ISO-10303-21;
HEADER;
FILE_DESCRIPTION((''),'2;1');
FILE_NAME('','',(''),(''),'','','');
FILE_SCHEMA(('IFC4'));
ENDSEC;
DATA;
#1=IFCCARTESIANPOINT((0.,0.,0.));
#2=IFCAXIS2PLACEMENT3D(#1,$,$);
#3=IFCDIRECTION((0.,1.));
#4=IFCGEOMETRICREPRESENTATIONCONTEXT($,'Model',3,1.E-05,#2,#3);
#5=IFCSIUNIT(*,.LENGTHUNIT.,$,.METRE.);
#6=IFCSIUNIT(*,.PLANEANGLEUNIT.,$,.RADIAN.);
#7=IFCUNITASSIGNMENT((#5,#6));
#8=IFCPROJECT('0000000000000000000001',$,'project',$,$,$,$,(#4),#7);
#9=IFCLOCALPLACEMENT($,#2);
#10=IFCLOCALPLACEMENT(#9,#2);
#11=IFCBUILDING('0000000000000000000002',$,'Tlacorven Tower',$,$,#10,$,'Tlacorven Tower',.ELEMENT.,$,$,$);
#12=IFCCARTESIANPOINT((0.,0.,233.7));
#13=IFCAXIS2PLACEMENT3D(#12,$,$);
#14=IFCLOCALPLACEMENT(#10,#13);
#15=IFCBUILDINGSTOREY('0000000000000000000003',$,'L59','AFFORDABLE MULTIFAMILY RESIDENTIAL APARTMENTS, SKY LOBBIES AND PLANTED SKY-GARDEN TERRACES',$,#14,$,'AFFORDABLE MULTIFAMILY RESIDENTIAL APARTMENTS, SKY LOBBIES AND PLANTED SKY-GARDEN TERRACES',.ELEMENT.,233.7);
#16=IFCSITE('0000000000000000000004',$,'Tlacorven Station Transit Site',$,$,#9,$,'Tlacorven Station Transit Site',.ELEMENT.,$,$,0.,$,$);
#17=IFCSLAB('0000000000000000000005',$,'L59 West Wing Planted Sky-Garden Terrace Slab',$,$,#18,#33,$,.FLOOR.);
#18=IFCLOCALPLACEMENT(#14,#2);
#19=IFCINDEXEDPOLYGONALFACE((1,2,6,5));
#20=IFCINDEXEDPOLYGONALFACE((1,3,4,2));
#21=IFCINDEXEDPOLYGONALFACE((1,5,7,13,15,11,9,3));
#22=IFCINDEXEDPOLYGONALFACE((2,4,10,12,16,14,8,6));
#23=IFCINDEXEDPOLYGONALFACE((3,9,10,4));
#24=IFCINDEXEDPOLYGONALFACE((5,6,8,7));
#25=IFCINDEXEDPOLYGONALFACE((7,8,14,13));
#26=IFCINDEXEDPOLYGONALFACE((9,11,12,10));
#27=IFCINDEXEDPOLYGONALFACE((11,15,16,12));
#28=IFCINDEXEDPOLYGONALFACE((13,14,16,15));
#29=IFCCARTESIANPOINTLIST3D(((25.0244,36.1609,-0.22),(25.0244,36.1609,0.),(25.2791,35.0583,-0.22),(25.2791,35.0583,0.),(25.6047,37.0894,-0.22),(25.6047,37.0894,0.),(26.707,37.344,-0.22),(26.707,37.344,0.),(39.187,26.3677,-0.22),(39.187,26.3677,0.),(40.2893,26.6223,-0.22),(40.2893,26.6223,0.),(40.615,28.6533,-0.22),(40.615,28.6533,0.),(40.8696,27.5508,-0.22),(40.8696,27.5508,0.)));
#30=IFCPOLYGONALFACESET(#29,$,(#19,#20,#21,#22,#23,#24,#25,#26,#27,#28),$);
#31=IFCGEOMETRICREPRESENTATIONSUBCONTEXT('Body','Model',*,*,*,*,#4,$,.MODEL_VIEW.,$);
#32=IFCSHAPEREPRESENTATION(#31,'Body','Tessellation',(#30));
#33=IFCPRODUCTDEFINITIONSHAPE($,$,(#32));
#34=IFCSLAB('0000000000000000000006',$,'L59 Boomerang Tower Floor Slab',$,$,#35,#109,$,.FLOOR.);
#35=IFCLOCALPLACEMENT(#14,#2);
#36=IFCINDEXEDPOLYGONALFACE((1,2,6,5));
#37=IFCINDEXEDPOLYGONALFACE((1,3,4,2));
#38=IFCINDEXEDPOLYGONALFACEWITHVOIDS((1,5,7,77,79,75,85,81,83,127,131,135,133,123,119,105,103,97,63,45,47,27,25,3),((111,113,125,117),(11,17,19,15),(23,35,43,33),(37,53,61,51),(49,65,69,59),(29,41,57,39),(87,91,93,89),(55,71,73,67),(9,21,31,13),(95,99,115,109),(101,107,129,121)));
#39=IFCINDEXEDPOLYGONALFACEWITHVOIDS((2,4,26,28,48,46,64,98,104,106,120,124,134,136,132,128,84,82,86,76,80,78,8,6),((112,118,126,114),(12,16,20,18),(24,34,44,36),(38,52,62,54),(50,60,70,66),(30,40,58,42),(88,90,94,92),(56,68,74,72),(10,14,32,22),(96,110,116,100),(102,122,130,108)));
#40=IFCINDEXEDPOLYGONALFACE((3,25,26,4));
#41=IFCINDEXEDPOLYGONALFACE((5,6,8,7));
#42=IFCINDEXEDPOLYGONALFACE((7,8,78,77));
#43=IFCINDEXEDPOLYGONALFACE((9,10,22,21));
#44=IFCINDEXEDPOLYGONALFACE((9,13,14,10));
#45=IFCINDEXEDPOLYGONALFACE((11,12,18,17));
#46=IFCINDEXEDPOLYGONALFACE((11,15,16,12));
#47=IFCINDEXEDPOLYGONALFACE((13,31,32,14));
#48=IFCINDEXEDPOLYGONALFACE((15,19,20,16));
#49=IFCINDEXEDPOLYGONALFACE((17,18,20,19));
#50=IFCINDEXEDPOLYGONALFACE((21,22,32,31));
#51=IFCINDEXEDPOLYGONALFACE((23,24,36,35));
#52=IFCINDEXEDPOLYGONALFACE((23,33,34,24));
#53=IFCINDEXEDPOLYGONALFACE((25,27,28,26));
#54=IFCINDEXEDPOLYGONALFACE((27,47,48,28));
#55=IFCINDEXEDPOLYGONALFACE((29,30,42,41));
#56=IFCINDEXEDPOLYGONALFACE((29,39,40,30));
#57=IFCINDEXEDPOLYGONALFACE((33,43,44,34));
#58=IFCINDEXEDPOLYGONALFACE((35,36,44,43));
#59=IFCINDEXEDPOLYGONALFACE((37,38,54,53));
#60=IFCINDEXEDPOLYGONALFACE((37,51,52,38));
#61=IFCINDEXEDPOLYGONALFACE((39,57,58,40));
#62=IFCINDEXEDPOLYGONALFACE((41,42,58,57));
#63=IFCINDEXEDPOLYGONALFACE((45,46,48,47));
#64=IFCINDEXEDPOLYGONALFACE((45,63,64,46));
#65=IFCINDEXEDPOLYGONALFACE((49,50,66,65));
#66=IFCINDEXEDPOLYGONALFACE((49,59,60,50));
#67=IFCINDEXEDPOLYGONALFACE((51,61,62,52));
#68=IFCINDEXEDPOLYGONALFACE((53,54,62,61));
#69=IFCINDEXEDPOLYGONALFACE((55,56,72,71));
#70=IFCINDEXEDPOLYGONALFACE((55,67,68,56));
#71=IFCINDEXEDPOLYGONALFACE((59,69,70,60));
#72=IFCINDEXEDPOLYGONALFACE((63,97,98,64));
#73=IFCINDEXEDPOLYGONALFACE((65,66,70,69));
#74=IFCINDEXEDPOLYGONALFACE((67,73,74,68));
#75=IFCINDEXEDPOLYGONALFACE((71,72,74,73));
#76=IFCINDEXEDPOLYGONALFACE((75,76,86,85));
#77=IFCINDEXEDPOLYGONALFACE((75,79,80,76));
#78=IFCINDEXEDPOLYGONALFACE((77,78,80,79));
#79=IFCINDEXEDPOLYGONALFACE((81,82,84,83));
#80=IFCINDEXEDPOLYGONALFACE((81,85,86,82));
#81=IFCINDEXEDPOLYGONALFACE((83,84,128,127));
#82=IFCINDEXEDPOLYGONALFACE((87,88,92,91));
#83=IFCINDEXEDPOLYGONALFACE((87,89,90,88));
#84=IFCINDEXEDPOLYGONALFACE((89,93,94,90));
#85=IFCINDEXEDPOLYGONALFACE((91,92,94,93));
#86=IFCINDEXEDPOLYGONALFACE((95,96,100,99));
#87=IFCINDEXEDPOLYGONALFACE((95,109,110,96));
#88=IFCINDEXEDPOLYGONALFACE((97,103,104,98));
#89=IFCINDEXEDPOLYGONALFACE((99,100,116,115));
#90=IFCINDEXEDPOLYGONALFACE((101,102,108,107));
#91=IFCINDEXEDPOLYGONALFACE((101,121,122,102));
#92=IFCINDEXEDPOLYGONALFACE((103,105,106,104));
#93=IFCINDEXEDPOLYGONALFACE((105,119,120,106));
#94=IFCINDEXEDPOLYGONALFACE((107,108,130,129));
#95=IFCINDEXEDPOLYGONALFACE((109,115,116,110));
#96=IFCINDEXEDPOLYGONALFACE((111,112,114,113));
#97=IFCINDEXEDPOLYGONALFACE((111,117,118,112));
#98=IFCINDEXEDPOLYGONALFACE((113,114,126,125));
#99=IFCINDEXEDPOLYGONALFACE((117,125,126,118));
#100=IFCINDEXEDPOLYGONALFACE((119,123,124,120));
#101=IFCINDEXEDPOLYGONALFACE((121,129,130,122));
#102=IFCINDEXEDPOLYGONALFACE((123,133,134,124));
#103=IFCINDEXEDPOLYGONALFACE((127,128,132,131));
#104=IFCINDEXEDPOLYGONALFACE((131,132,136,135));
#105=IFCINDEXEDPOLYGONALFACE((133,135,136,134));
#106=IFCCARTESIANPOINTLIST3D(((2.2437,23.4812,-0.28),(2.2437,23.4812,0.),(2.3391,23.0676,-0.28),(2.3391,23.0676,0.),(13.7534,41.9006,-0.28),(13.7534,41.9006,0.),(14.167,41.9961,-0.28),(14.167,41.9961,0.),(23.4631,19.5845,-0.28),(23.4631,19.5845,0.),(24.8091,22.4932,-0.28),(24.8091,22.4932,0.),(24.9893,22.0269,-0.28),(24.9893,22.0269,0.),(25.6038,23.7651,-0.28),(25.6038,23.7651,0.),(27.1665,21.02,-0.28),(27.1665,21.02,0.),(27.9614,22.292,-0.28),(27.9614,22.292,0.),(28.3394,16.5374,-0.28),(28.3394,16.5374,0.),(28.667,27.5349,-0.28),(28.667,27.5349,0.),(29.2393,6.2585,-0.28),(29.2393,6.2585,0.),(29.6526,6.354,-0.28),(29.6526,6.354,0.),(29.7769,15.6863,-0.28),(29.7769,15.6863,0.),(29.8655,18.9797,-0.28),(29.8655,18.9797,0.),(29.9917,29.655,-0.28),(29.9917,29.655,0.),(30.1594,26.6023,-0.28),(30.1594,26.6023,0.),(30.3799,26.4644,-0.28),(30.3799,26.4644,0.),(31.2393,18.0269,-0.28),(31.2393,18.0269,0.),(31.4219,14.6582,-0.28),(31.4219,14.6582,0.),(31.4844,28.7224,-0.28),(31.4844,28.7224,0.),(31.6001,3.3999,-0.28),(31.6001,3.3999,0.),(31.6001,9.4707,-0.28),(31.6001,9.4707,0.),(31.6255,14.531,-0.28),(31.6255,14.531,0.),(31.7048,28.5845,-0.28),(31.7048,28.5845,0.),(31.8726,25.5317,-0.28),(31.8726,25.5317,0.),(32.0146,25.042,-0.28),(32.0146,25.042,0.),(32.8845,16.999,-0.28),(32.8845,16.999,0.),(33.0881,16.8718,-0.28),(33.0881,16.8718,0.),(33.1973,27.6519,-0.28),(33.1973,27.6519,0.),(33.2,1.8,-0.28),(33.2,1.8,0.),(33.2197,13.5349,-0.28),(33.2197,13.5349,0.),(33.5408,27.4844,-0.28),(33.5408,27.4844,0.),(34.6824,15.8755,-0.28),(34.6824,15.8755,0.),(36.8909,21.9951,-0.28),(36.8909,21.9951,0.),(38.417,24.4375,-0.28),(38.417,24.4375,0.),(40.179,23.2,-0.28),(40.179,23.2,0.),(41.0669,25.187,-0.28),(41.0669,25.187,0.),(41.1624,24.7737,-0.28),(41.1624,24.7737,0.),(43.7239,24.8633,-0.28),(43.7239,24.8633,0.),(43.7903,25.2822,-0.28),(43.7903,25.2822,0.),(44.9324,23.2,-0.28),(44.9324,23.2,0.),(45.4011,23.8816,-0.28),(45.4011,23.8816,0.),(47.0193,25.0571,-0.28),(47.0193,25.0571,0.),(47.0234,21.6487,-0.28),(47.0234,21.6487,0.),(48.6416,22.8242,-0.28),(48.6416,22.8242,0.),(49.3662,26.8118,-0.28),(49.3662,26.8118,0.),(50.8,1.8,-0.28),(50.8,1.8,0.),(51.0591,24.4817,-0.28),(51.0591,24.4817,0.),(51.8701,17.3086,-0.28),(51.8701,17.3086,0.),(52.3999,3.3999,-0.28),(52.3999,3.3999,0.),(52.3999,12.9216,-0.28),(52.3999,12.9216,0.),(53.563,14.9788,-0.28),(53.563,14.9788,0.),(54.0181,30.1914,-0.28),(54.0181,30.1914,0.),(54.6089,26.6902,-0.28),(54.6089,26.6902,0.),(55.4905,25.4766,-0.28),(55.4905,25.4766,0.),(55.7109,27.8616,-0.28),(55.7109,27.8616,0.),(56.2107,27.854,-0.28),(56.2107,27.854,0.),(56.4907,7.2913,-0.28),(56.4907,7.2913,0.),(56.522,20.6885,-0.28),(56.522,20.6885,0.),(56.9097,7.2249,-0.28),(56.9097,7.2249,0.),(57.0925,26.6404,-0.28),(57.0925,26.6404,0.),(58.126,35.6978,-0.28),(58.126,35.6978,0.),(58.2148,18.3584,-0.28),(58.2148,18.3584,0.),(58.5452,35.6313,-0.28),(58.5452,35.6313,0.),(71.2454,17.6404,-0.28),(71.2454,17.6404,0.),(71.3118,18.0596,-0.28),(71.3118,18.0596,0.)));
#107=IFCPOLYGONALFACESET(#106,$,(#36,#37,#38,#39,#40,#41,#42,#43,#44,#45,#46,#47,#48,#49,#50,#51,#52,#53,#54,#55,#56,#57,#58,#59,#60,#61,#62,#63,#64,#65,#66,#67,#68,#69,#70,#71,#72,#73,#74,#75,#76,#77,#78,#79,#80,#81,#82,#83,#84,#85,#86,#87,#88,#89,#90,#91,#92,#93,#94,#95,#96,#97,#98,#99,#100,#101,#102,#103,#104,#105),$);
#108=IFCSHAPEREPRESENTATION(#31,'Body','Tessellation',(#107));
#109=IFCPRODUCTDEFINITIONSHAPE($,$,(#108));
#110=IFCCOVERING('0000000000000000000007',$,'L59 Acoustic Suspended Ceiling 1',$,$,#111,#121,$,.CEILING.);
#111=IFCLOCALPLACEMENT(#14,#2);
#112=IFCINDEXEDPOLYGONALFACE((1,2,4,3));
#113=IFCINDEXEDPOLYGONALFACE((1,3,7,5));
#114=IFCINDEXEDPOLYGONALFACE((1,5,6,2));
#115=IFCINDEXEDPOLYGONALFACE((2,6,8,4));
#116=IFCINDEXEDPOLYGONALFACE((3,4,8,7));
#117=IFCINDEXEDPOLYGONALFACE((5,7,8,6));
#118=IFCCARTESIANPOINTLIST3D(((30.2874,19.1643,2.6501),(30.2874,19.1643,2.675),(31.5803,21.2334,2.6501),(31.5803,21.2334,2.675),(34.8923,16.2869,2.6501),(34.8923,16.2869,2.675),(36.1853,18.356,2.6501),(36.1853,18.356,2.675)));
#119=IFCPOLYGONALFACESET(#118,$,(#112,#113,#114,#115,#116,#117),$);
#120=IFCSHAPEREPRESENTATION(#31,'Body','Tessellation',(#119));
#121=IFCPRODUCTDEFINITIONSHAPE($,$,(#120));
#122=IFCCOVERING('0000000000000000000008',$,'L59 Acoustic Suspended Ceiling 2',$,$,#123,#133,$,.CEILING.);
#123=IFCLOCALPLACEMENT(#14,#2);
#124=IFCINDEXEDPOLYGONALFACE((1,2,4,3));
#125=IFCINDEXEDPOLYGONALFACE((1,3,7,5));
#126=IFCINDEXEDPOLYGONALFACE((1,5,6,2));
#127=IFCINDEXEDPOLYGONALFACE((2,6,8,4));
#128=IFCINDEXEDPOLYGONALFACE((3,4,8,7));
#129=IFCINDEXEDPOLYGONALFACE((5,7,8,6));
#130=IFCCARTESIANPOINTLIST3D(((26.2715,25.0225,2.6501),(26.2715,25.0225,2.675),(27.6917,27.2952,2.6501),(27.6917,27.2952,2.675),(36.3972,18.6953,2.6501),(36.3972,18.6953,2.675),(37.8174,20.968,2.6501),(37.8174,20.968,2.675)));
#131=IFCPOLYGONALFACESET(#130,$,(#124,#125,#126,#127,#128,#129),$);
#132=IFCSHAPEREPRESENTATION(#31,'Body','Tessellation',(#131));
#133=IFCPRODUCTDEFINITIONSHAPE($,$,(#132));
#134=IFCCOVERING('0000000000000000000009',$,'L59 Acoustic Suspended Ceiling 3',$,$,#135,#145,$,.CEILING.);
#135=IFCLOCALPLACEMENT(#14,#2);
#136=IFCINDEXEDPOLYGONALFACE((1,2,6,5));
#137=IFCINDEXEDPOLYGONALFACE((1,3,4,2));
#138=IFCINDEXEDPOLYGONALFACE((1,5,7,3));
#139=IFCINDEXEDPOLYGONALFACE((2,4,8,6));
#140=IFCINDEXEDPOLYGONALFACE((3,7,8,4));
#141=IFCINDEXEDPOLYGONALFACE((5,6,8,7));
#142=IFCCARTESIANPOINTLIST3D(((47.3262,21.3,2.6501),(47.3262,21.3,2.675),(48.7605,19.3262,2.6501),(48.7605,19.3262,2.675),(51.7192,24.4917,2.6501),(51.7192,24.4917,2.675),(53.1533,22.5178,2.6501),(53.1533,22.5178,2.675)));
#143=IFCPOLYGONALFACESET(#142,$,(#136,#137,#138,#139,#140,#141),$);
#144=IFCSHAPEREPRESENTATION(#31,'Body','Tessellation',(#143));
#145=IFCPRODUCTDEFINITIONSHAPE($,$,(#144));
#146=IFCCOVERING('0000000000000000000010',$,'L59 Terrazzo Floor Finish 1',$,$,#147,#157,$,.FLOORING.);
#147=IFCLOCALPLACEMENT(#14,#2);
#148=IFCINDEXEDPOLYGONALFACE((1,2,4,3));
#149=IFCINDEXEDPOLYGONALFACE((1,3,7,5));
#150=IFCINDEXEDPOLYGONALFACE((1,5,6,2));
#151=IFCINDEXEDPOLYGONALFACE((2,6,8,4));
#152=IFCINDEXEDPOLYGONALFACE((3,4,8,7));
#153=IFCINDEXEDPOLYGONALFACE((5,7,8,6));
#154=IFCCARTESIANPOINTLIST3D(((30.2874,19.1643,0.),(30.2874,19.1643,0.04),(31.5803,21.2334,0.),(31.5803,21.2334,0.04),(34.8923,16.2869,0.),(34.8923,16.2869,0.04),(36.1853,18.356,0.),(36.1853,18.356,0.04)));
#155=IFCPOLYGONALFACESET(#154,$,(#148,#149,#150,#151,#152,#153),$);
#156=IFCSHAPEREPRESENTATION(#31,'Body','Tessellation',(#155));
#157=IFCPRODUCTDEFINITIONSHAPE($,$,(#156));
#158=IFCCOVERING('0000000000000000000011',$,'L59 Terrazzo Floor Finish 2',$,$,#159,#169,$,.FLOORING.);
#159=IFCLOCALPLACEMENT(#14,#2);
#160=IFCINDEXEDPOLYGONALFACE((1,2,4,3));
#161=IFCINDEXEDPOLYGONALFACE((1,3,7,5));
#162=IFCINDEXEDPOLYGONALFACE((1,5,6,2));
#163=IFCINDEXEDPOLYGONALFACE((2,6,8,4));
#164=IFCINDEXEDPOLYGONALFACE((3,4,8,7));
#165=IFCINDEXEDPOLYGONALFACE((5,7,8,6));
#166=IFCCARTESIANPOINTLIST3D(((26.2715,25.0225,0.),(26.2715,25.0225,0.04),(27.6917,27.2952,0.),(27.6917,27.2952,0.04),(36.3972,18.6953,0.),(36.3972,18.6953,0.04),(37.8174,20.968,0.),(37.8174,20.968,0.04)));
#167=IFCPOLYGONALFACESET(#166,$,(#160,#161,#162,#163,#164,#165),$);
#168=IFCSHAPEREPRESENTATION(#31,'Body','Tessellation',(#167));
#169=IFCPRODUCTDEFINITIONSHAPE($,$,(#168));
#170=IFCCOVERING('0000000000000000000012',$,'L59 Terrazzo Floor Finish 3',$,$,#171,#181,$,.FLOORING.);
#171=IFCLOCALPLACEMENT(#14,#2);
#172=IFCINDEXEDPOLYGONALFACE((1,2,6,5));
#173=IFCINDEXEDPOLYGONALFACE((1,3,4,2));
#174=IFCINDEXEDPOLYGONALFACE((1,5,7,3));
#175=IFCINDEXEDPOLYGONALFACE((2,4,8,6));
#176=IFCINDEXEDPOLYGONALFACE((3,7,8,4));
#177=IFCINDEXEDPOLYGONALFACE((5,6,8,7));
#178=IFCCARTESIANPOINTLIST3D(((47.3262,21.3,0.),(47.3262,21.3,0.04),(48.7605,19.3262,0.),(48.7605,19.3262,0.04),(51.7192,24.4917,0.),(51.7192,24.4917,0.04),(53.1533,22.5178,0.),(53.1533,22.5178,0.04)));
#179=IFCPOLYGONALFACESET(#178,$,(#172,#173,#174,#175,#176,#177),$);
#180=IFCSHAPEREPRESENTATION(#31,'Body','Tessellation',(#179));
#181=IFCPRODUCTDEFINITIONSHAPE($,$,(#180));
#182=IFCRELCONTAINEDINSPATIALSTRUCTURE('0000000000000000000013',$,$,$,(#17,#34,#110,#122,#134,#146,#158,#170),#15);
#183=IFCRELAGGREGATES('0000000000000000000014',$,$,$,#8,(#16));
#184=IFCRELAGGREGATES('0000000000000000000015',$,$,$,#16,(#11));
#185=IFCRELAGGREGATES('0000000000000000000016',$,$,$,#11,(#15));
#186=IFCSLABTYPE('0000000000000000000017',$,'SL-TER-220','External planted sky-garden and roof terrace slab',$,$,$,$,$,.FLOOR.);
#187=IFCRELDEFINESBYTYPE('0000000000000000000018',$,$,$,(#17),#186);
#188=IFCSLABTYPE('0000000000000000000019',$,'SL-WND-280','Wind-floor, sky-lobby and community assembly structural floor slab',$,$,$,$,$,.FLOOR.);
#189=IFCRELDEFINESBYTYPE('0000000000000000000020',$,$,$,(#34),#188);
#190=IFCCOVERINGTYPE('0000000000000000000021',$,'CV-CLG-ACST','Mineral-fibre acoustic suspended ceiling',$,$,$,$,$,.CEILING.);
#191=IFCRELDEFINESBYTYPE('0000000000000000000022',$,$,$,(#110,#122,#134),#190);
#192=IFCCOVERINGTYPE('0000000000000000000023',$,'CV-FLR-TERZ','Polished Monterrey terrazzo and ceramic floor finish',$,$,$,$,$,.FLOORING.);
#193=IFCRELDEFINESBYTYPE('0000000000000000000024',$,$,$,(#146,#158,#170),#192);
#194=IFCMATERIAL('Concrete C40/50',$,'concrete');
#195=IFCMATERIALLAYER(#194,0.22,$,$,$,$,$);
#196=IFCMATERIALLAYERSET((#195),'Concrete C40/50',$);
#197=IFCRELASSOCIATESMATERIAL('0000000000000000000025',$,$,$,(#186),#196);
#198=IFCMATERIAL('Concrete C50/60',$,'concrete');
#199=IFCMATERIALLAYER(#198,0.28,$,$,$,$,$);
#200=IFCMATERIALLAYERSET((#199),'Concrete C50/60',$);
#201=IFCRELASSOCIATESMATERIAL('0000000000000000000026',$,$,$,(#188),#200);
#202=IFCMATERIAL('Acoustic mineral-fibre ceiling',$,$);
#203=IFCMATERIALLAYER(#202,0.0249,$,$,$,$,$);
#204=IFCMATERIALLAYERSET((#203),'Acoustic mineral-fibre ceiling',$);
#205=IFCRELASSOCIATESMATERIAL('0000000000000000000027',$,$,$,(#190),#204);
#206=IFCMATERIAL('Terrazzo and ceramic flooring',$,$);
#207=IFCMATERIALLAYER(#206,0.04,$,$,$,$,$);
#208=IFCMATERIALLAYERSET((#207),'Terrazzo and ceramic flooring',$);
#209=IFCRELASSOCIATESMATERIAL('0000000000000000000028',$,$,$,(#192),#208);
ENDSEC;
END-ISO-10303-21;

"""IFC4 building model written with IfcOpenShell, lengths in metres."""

from ifc_helpers import new_model, si_unit, direction, frame, origin, place, context, subcontext, project, spatial, polyline, outline, extrude, material, layer, layer_set, type_object, element, save


model = new_model("IFC4")

# Units and contexts
model_context = context("Model", 3, precision=1e-05, world=origin(), true_north=direction((0.0, 1.0)))
body_context = subcontext(model_context, "Body", "Model", "MODEL_VIEW")
ifc_project = project(units=[si_unit("LENGTHUNIT", "METRE"), si_unit("PLANEANGLEUNIT", "RADIAN")], contexts=[model_context])

# Site, building, storey
site_placement = place(None, origin())
site = spatial("IfcSite", under=ifc_project, at=site_placement, Name="Tlacorven Station Transit Site", LongName="Tlacorven Station Transit Site", CompositionType="ELEMENT", RefElevation=0.0)
building_placement = place(site_placement, origin())
building = spatial("IfcBuilding", under=site, at=building_placement, Name="Tlacorven Tower", LongName="Tlacorven Tower", CompositionType="ELEMENT")
storey_placement = place(building_placement, frame((0.0, 0.0, 233.7)))
storey = spatial("IfcBuildingStorey", under=building, at=storey_placement, Name="L59", Description="AFFORDABLE MULTIFAMILY RESIDENTIAL APARTMENTS, SKY LOBBIES AND PLANTED SKY-GARDEN TERRACES", LongName="AFFORDABLE MULTIFAMILY RESIDENTIAL APARTMENTS, SKY LOBBIES AND PLANTED SKY-GARDEN TERRACES", CompositionType="ELEMENT", Elevation=233.7)

# Shared definitions
ifc_material_1 = material(Name="Concrete C40/50", Category="concrete")

# Slabs
ifc_layer_1 = layer(ifc_material_1, 0.22)
ifc_layer_set_1 = layer_set([ifc_layer_1], Name="Concrete C40/50")
slab_type_1 = type_object("IfcSlabType", Name="SL-TER-220", Description="External planted sky-garden and roof terrace slab", PredefinedType="FLOOR", material=ifc_layer_set_1)
slab_1_placement = place(storey_placement, frame((0.0, 0.0, -0.22)))
element("IfcSlab", 1, at=slab_1_placement, inside=storey, type_object=slab_type_1, Name="L59 West Wing Planted Sky-Garden Terrace Slab", PredefinedType="FLOOR", context=body_context, shape_type="SweptSolid", body=[
    extrude(outline(polyline([(40.615, 28.6533), (26.707, 37.344), (25.6047, 37.0894), (25.0244, 36.1609), (25.2791, 35.0583), (39.187, 26.3677), (40.2893, 26.6223), (40.8696, 27.5508), (40.615, 28.6533)])), origin(), (0.0, 0.0, 1.0), 0.22),
])
ifc_material_2 = material(Name="Concrete C50/60", Category="concrete")
ifc_layer_2 = layer(ifc_material_2, 0.28)
ifc_layer_set_2 = layer_set([ifc_layer_2], Name="Concrete C50/60")
slab_type_2 = type_object("IfcSlabType", Name="SL-WND-280", Description="Wind-floor, sky-lobby and community assembly structural floor slab", PredefinedType="FLOOR", material=ifc_layer_set_2)
slab_2_placement = place(storey_placement, frame((0.0, 0.0, -0.28)))
element("IfcSlab", 2, at=slab_2_placement, inside=storey, type_object=slab_type_2, Name="L59 Boomerang Tower Floor Slab", PredefinedType="FLOOR", context=body_context, shape_type="SweptSolid", body=[
    extrude(outline(polyline([(52.3999, 3.3999), (50.8, 1.8), (33.2, 1.8), (31.6001, 3.3999), (31.6001, 9.4707), (29.6526, 6.354), (29.2393, 6.2585), (2.3391, 23.0676), (2.2437, 23.4812), (13.7534, 41.9006), (14.167, 41.9961), (41.0669, 25.187), (41.1624, 24.7737), (40.179, 23.2), (44.9324, 23.2), (43.7239, 24.8633), (43.7903, 25.2822), (58.126, 35.6978), (58.5452, 35.6313), (71.3118, 18.0596), (71.2454, 17.6404), (56.9097, 7.2249), (56.4907, 7.2913), (52.3999, 12.9216), (52.3999, 3.3999)]), holes=[polyline([(29.8655, 18.9797), (24.9893, 22.0269), (23.4631, 19.5845), (28.3394, 16.5374), (29.8655, 18.9797)]), polyline([(38.417, 24.4375), (33.5408, 27.4844), (32.0146, 25.042), (36.8909, 21.9951), (38.417, 24.4375)]), polyline([(51.0591, 24.4817), (55.7109, 27.8616), (54.0181, 30.1914), (49.3662, 26.8118), (51.0591, 24.4817)]), polyline([(53.563, 14.9788), (58.2148, 18.3584), (56.522, 20.6885), (51.8701, 17.3086), (53.563, 14.9788)]), polyline([(34.6824, 15.8755), (33.0881, 16.8718), (31.6255, 14.531), (33.2197, 13.5349), (34.6824, 15.8755)]), polyline([(32.8845, 16.999), (31.2393, 18.0269), (29.7769, 15.6863), (31.4219, 14.6582), (32.8845, 16.999)]), polyline([(47.0234, 21.6487), (48.6416, 22.8242), (47.0193, 25.0571), (45.4011, 23.8816), (47.0234, 21.6487)]), polyline([(33.1973, 27.6519), (31.7048, 28.5845), (30.3799, 26.4644), (31.8726, 25.5317), (33.1973, 27.6519)]), polyline([(31.4844, 28.7224), (29.9917, 29.655), (28.667, 27.5349), (30.1594, 26.6023), (31.4844, 28.7224)]), polyline([(27.9614, 22.292), (25.6038, 23.7651), (24.8091, 22.4932), (27.1665, 21.02), (27.9614, 22.292)]), polyline([(55.4905, 25.4766), (57.0925, 26.6404), (56.2107, 27.854), (54.6089, 26.6902), (55.4905, 25.4766)])]), origin(), (0.0, 0.0, 1.0), 0.28),
])

# Coverings
ifc_material_3 = material(Name="Acoustic mineral-fibre ceiling")
ifc_layer_3 = layer(ifc_material_3, 0.0249)
ifc_layer_set_3 = layer_set([ifc_layer_3], Name="Acoustic mineral-fibre ceiling")
covering_type_1 = type_object("IfcCoveringType", Name="CV-CLG-ACST", Description="Mineral-fibre acoustic suspended ceiling", PredefinedType="CEILING", material=ifc_layer_set_3)
covering_1_placement = place(storey_placement, frame((0.0, 0.0, 2.6501)))
element("IfcCovering", 3, at=covering_1_placement, inside=storey, type_object=covering_type_1, Name="L59 Acoustic Suspended Ceiling 1", PredefinedType="CEILING", context=body_context, shape_type="SweptSolid", body=[
    extrude(outline(polyline([(36.1853, 18.356), (34.8923, 16.2869), (30.2874, 19.1643), (31.5803, 21.2334), (36.1853, 18.356)])), origin(), (0.0, 0.0, 1.0), 0.0249),
])
covering_2_placement = place(storey_placement, frame((0.0, 0.0, 2.6501)))
element("IfcCovering", 4, at=covering_2_placement, inside=storey, type_object=covering_type_1, Name="L59 Acoustic Suspended Ceiling 2", PredefinedType="CEILING", context=body_context, shape_type="SweptSolid", body=[
    extrude(outline(polyline([(37.8174, 20.968), (36.3972, 18.6953), (26.2715, 25.0225), (27.6917, 27.2952), (37.8174, 20.968)])), origin(), (0.0, 0.0, 1.0), 0.0249),
])
covering_3_placement = place(storey_placement, frame((0.0, 0.0, 2.6501)))
element("IfcCovering", 5, at=covering_3_placement, inside=storey, type_object=covering_type_1, Name="L59 Acoustic Suspended Ceiling 3", PredefinedType="CEILING", context=body_context, shape_type="SweptSolid", body=[
    extrude(outline(polyline([(48.7605, 19.3262), (47.3262, 21.3), (51.7192, 24.4917), (53.1533, 22.5178), (48.7605, 19.3262)])), origin(), (0.0, 0.0, 1.0), 0.0249),
])
ifc_material_4 = material(Name="Terrazzo and ceramic flooring")
ifc_layer_4 = layer(ifc_material_4, 0.04)
ifc_layer_set_4 = layer_set([ifc_layer_4], Name="Terrazzo and ceramic flooring")
covering_type_2 = type_object("IfcCoveringType", Name="CV-FLR-TERZ", Description="Polished Monterrey terrazzo and ceramic floor finish", PredefinedType="FLOORING", material=ifc_layer_set_4)
covering_4_placement = place(storey_placement, origin())
element("IfcCovering", 6, at=covering_4_placement, inside=storey, type_object=covering_type_2, Name="L59 Terrazzo Floor Finish 1", PredefinedType="FLOORING", context=body_context, shape_type="SweptSolid", body=[
    extrude(outline(polyline([(36.1853, 18.356), (34.8923, 16.2869), (30.2874, 19.1643), (31.5803, 21.2334), (36.1853, 18.356)])), origin(), (0.0, 0.0, 1.0), 0.04),
])
covering_5_placement = place(storey_placement, origin())
element("IfcCovering", 7, at=covering_5_placement, inside=storey, type_object=covering_type_2, Name="L59 Terrazzo Floor Finish 2", PredefinedType="FLOORING", context=body_context, shape_type="SweptSolid", body=[
    extrude(outline(polyline([(37.8174, 20.968), (36.3972, 18.6953), (26.2715, 25.0225), (27.6917, 27.2952), (37.8174, 20.968)])), origin(), (0.0, 0.0, 1.0), 0.04),
])
covering_6_placement = place(storey_placement, origin())
element("IfcCovering", 8, at=covering_6_placement, inside=storey, type_object=covering_type_2, Name="L59 Terrazzo Floor Finish 3", PredefinedType="FLOORING", context=body_context, shape_type="SweptSolid", body=[
    extrude(outline(polyline([(48.7605, 19.3262), (47.3262, 21.3), (51.7192, 24.4917), (53.1533, 22.5178), (48.7605, 19.3262)])), origin(), (0.0, 0.0, 1.0), 0.04),
])

save(model, "model.ifc")
